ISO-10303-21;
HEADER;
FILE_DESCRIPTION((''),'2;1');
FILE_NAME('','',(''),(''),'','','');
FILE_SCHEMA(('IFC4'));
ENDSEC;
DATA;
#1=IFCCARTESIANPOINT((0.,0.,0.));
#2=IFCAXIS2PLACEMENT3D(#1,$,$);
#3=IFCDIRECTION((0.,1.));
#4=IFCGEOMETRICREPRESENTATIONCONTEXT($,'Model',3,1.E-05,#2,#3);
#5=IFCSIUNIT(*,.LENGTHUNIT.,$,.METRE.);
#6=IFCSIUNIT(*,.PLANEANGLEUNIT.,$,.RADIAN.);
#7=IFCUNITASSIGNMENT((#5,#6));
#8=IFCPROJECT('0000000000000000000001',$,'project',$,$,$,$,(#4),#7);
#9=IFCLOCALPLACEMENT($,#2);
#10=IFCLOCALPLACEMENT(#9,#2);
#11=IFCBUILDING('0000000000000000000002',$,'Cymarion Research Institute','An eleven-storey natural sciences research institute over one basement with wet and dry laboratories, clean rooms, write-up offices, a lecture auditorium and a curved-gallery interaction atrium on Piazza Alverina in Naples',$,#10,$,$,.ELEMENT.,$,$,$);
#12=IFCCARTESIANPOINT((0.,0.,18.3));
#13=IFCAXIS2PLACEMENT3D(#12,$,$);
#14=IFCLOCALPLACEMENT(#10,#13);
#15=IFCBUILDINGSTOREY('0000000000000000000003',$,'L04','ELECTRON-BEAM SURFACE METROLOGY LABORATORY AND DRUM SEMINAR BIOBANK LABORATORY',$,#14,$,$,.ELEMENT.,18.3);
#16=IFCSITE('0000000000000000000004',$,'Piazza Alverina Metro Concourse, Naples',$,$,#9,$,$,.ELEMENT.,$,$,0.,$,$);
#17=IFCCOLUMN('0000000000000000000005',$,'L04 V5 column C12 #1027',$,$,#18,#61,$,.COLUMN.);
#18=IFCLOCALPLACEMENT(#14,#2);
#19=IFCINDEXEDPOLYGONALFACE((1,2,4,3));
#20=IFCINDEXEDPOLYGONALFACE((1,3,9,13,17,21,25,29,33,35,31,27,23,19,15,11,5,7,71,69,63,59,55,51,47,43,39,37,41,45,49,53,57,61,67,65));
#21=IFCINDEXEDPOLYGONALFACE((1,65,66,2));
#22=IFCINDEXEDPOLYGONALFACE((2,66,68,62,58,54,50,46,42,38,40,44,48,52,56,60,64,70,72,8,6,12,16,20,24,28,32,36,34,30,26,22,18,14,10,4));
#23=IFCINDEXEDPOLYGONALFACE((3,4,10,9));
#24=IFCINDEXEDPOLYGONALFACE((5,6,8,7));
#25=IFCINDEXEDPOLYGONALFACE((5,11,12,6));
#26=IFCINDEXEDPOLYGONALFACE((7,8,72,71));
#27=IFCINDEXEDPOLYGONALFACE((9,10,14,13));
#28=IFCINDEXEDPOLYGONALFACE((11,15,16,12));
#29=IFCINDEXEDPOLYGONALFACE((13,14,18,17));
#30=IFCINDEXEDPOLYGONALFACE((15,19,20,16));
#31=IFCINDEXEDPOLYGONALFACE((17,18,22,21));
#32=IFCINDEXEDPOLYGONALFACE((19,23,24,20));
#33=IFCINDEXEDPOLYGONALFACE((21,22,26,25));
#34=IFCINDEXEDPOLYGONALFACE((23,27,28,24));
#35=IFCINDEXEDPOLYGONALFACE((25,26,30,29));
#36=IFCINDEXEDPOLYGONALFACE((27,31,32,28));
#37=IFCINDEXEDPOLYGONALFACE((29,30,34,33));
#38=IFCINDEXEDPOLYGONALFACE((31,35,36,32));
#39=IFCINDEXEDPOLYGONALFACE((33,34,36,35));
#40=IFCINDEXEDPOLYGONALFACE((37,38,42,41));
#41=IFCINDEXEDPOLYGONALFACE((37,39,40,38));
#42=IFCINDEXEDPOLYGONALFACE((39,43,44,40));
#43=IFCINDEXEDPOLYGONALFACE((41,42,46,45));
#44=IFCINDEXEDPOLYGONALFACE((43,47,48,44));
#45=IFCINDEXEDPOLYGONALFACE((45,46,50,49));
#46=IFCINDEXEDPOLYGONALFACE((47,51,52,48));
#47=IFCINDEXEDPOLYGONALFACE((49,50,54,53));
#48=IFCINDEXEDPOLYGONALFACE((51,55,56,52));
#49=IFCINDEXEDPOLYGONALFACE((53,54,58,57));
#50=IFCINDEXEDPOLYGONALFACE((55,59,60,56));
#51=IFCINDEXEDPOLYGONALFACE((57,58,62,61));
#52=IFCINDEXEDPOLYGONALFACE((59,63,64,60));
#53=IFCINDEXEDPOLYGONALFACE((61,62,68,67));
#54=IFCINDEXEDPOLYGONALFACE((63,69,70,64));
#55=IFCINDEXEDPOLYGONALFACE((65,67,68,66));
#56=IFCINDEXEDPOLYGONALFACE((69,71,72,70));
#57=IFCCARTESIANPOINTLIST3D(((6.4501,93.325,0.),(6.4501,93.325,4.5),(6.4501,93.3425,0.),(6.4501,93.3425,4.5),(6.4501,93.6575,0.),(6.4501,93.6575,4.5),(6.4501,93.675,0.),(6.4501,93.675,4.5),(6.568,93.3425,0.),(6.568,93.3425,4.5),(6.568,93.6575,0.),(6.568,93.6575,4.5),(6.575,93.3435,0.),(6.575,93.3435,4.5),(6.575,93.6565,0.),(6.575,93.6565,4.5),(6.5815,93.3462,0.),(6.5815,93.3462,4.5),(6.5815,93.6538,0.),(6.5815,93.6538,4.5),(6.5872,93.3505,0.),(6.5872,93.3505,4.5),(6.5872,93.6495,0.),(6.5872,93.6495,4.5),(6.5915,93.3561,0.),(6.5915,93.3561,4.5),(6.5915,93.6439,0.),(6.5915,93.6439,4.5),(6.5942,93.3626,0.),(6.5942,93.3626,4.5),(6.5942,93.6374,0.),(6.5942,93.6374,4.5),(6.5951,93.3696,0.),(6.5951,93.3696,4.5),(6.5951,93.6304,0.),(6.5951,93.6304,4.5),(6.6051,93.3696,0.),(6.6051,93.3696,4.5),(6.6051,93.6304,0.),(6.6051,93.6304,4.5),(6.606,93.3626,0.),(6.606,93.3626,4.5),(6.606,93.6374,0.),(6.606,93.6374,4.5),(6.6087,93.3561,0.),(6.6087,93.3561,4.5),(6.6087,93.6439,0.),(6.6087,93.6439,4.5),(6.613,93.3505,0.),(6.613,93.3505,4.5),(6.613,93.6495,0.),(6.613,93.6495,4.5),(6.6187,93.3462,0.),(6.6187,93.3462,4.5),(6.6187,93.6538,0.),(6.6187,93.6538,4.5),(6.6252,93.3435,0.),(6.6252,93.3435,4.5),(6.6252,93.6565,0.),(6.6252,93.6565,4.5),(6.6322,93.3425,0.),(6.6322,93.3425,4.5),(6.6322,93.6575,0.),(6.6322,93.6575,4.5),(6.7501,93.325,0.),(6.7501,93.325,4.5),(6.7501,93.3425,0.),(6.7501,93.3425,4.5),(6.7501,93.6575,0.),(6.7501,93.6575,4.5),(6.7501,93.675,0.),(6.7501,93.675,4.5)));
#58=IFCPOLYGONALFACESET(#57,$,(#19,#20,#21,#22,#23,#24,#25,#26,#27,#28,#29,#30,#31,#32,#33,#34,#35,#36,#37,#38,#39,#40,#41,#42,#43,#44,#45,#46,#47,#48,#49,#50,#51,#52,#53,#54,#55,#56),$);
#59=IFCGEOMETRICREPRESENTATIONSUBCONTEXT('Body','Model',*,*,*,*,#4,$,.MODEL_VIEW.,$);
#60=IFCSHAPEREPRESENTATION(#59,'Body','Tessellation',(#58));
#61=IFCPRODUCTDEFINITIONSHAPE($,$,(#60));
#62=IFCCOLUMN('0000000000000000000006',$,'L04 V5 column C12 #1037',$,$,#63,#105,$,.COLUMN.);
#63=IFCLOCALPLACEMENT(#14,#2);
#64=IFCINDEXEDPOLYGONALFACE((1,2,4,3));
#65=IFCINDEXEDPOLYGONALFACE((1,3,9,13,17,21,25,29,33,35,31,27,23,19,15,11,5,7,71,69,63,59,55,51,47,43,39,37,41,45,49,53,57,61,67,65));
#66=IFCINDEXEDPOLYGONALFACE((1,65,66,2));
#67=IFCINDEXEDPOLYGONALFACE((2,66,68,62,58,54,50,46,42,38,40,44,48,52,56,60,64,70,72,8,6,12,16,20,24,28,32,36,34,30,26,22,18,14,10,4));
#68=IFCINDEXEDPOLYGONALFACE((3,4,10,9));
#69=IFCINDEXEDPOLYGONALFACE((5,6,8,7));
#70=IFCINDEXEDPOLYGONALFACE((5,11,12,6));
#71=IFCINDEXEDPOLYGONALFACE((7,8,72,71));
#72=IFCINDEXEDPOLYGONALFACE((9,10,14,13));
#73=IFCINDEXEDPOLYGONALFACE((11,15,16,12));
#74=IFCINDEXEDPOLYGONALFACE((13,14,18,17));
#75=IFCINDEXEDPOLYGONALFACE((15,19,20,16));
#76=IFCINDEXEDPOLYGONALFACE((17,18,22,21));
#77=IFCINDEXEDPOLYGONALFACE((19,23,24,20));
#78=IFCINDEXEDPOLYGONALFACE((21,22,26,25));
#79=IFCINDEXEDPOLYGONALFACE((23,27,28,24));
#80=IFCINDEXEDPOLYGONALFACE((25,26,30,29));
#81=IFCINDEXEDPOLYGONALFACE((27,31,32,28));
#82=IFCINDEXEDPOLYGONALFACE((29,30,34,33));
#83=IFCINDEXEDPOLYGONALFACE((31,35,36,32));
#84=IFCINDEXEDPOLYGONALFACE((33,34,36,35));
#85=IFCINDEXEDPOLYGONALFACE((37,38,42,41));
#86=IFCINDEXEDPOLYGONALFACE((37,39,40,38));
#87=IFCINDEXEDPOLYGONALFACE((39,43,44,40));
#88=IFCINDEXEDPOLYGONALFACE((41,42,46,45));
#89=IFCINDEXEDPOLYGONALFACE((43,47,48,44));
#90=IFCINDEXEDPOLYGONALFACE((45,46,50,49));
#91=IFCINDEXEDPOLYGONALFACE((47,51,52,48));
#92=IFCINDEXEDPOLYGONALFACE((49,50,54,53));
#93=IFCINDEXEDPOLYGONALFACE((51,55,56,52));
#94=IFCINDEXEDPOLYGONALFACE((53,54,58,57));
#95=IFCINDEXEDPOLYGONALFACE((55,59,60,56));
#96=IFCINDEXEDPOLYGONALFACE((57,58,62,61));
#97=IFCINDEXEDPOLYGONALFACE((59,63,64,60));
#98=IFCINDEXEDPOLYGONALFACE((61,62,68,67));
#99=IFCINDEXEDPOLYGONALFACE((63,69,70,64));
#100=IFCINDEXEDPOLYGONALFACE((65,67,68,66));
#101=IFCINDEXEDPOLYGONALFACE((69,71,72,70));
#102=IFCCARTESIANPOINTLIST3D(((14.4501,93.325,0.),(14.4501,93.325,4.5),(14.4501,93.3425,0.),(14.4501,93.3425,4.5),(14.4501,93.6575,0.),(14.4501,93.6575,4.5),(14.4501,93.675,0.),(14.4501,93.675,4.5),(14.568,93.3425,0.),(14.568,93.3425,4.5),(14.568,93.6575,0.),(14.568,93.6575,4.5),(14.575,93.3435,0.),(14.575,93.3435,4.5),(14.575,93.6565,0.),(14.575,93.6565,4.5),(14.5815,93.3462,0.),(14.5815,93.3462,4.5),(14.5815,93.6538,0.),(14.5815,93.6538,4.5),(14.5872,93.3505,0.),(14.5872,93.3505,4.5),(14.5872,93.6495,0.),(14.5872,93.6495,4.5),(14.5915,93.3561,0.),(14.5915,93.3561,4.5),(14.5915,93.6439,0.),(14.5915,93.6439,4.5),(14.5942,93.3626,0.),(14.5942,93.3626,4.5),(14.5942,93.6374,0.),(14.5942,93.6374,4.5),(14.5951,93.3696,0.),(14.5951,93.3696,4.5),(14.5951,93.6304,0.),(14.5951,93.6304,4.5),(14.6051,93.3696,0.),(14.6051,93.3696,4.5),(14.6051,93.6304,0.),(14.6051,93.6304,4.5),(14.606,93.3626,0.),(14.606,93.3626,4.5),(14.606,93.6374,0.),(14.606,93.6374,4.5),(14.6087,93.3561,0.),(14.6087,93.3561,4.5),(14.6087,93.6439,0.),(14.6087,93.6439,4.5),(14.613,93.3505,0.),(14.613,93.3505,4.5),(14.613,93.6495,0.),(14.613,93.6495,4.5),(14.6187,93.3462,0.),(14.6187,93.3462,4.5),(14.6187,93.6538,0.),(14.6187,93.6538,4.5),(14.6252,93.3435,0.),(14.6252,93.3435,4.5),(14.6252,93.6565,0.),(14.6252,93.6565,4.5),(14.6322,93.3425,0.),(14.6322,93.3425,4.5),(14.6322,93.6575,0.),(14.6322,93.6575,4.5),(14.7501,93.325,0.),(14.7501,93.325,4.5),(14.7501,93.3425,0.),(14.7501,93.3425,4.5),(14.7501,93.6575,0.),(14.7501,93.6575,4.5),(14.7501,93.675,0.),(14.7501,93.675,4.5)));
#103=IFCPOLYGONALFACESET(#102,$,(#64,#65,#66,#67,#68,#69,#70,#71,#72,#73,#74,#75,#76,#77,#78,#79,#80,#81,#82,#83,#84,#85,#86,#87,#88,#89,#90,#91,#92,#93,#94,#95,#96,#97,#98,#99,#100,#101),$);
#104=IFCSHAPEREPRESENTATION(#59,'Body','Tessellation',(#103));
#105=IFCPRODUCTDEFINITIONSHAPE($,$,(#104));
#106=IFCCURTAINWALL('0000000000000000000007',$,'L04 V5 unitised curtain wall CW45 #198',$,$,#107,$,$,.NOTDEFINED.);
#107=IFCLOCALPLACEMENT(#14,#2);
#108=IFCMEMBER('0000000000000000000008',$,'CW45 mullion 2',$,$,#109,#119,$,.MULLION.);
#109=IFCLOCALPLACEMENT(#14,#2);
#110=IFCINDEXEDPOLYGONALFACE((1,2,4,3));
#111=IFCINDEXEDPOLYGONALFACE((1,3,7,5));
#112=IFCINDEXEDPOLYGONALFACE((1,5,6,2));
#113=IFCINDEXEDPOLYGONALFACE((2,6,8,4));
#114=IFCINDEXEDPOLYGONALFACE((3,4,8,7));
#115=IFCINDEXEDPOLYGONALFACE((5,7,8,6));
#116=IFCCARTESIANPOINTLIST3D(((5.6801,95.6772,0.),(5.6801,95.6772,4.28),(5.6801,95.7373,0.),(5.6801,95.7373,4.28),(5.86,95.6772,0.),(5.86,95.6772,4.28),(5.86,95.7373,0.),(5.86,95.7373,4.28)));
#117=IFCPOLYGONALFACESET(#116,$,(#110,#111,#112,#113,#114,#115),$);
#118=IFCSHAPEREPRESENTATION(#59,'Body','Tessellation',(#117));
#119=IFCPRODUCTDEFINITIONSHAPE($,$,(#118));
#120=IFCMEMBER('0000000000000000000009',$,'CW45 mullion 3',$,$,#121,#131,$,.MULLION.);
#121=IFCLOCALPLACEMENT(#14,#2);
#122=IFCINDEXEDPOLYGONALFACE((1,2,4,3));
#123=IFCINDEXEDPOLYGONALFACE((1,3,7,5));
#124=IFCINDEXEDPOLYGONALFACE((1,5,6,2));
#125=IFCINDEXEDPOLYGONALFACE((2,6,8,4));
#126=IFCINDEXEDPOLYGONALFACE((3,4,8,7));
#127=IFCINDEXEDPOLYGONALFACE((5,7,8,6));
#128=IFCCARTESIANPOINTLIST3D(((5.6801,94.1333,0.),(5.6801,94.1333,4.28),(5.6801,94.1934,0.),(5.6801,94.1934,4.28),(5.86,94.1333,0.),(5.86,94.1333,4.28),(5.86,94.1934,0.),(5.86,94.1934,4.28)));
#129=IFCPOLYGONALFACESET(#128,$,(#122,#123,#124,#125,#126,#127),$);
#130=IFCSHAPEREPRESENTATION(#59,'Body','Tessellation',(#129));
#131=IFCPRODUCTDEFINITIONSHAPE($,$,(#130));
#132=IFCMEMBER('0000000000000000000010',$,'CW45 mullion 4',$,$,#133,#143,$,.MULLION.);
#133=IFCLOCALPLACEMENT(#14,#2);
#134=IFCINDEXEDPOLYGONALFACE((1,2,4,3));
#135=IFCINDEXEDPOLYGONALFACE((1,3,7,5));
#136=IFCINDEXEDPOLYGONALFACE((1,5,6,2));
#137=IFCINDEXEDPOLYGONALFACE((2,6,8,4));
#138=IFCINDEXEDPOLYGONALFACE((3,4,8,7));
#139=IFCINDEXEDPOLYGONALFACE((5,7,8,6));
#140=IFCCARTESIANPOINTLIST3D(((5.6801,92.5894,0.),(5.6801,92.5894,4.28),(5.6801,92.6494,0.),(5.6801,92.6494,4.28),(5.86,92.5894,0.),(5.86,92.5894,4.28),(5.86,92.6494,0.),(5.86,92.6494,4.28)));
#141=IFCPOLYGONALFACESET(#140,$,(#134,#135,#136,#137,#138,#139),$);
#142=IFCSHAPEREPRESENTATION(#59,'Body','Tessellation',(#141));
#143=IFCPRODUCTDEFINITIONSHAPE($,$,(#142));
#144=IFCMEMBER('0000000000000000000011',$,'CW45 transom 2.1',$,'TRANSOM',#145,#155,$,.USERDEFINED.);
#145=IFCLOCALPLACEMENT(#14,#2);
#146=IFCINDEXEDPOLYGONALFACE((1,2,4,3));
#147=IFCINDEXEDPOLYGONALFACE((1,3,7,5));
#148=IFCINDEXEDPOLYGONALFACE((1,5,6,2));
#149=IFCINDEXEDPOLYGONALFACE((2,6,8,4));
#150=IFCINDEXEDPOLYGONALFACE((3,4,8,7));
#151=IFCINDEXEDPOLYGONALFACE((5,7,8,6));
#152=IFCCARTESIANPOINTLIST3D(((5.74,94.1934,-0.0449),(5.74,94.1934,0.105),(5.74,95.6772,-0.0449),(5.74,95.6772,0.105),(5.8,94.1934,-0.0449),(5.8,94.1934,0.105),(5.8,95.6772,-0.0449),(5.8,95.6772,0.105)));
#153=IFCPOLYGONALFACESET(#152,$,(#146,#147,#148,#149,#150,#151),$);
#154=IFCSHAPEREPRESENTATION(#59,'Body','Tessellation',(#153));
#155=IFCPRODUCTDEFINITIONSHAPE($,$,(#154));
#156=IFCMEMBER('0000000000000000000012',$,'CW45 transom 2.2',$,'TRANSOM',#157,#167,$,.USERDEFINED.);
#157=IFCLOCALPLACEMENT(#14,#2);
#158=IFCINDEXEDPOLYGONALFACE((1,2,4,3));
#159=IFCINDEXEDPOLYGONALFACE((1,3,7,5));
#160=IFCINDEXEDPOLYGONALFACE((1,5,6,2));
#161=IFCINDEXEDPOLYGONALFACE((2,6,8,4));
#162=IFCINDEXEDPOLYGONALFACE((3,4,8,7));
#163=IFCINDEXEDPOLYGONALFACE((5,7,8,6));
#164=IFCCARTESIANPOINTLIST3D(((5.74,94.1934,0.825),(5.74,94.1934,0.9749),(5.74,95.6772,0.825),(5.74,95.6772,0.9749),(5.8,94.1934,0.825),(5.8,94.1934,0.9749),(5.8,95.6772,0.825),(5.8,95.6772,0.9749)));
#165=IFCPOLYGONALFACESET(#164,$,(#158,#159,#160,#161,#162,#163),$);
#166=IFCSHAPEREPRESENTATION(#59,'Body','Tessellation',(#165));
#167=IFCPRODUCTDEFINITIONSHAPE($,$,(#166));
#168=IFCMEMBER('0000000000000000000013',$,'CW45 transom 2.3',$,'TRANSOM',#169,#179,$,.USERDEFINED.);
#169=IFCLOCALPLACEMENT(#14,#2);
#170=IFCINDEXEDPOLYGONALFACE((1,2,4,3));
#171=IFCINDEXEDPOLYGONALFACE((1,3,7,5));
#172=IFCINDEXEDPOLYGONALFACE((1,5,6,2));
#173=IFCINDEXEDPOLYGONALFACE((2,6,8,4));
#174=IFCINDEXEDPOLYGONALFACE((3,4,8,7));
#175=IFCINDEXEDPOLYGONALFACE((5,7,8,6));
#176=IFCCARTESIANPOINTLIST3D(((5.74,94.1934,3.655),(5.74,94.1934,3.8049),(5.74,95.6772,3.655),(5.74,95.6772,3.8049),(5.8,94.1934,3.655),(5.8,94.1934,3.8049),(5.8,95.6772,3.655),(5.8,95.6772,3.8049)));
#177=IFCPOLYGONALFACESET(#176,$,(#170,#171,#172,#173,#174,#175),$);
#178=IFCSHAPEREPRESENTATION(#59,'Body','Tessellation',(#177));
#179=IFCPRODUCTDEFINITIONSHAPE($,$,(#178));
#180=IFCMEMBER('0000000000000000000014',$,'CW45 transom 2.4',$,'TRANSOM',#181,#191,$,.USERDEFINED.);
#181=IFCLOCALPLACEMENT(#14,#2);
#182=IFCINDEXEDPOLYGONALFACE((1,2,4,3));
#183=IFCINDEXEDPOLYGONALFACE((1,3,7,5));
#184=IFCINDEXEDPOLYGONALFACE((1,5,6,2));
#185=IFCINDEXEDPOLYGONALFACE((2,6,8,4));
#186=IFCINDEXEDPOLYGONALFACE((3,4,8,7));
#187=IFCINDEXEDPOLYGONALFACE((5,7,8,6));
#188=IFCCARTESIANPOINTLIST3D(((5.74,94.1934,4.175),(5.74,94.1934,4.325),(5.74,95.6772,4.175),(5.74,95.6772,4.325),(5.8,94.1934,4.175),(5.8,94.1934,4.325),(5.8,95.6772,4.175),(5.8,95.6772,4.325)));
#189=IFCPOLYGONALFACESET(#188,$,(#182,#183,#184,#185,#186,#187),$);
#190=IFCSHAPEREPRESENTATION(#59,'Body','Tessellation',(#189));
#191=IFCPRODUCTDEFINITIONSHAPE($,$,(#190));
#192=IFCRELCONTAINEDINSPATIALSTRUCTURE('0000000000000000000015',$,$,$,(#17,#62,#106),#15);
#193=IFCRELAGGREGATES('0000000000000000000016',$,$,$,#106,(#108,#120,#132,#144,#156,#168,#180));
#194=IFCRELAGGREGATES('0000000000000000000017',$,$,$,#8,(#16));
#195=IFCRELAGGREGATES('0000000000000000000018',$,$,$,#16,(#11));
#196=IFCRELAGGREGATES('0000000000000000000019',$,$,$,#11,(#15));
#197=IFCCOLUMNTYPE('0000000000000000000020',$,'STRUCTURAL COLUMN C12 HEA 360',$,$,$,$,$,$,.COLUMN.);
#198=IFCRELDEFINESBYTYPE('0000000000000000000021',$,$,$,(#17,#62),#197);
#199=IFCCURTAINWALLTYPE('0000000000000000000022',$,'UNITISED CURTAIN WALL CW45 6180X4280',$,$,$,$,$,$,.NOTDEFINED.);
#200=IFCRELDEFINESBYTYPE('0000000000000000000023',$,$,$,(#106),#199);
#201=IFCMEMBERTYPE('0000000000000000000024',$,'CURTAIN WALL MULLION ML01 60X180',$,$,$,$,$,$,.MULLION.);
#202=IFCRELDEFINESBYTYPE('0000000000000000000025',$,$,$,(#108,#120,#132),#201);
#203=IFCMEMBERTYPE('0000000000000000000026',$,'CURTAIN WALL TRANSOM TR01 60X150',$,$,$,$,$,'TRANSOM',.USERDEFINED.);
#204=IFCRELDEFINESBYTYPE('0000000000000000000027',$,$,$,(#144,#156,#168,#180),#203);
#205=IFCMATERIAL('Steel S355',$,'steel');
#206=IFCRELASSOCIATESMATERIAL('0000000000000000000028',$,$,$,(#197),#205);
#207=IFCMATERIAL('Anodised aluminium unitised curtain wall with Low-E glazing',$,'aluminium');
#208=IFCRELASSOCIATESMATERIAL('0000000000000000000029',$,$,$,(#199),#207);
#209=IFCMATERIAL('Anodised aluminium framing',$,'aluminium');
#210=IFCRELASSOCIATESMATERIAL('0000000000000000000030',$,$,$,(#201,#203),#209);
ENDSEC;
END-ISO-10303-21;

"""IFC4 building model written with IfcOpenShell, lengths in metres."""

from ifc_helpers import new_model, si_unit, direction, frame, origin, origin_2d, place, context, subcontext, project, spatial, rectangle, i_section, extrude, material, material_profile, profile_set, type_object, element, aggregate, save


model = new_model("IFC4")

# Units and contexts
model_context = context("Model", 3, precision=1e-05, world=origin(), true_north=direction((0.0, 1.0)))
body_context = subcontext(model_context, "Body", "Model", "MODEL_VIEW")
ifc_project = project(units=[si_unit("LENGTHUNIT", "METRE"), si_unit("PLANEANGLEUNIT", "RADIAN")], contexts=[model_context])

# Site, building, storey
site_placement = place(None, origin())
site = spatial("IfcSite", under=ifc_project, at=site_placement, Name="Piazza Alverina Metro Concourse, Naples", CompositionType="ELEMENT", RefElevation=0.0)
building_placement = place(site_placement, origin())
building = spatial("IfcBuilding", under=site, at=building_placement, Name="Cymarion Research Institute", Description="An eleven-storey natural sciences research institute over one basement with wet and dry laboratories, clean rooms, write-up offices, a lecture auditorium and a curved-gallery interaction atrium on Piazza Alverina in Naples", CompositionType="ELEMENT")
storey_placement = place(building_placement, frame((0.0, 0.0, 18.3)))
storey = spatial("IfcBuildingStorey", under=building, at=storey_placement, Name="L04", Description="ELECTRON-BEAM SURFACE METROLOGY LABORATORY AND DRUM SEMINAR BIOBANK LABORATORY", CompositionType="ELEMENT", Elevation=18.3)

# Columns
ifc_material_1 = material(Name="Steel S355", Category="steel")
ifc_material_profile_1 = material_profile(ifc_material_1, i_section(OverallWidth=0.3, OverallDepth=0.3501, WebThickness=0.01, FlangeThickness=0.0176, FilletRadius=0.0271, at=origin_2d()), Name="HEA 360")
ifc_profile_set_1 = profile_set([ifc_material_profile_1], Name="Steel S355")
column_type = type_object("IfcColumnType", Name="STRUCTURAL COLUMN C12 HEA 360", PredefinedType="COLUMN", material=ifc_profile_set_1)
for number, where, z_axis, x_axis, name in (
    (1, (6.6001, 93.5, 0.0), (0.0, 0.0, 1.0), (1.0, 0.0, 0.0), "L04 V5 column C12 #1027"),
    (2, (14.6001, 93.5, 0.0), (0.0, 0.0, 1.0), (1.0, 0.0, 0.0), "L04 V5 column C12 #1037"),
):
    element("IfcColumn", number, at=place(storey_placement, frame(where, z_axis=z_axis, x_axis=x_axis)), inside=storey, type_object=column_type, Name=name, PredefinedType="COLUMN", context=body_context, shape_type="SweptSolid", body=[
        extrude(i_section(OverallWidth=0.3, OverallDepth=0.3501, WebThickness=0.01, FlangeThickness=0.0176, FilletRadius=0.0271, at=origin_2d()), origin(), (0.0, 0.0, 1.0), 4.5),
    ])

# Curtain wall, members
ifc_material_2 = material(Name="Anodised aluminium unitised curtain wall with Low-E glazing", Category="aluminium")
curtain_wall_type = type_object("IfcCurtainWallType", Name="UNITISED CURTAIN WALL CW45 6180X4280", PredefinedType="NOTDEFINED", material=ifc_material_2)
curtain_wall_placement = place(storey_placement, origin())
curtain_wall = element("IfcCurtainWall", 3, at=curtain_wall_placement, inside=storey, type_object=curtain_wall_type, Name="L04 V5 unitised curtain wall CW45 #198", PredefinedType="NOTDEFINED")
ifc_material_3 = material(Name="Anodised aluminium framing", Category="aluminium")
ifc_material_profile_2 = material_profile(ifc_material_3, rectangle(XDim=0.0601, YDim=0.1799, at=origin_2d()), Name="ALU MULLION 60x180")
ifc_profile_set_2 = profile_set([ifc_material_profile_2], Name="Anodised aluminium framing")
member_type_1 = type_object("IfcMemberType", Name="CURTAIN WALL MULLION ML01 60X180", PredefinedType="MULLION", material=ifc_profile_set_2)
member_1_placement = place(storey_placement, frame((5.77, 95.7073, 0.0), z_axis=(0.0, 0.0, 1.0), x_axis=(0.0, -1.0, 0.0)))
member_1 = element("IfcMember", 4, at=member_1_placement, type_object=member_type_1, Name="CW45 mullion 2", PredefinedType="MULLION", context=body_context, shape_type="SweptSolid", body=[
    extrude(rectangle(XDim=0.0601, YDim=0.1799, at=origin_2d()), origin(), (0.0, 0.0, 1.0), 4.28),
])
member_2_placement = place(storey_placement, frame((5.77, 94.1633, 0.0), z_axis=(0.0, 0.0, 1.0), x_axis=(0.0, -1.0, 0.0)))
member_2 = element("IfcMember", 5, at=member_2_placement, type_object=member_type_1, Name="CW45 mullion 3", PredefinedType="MULLION", context=body_context, shape_type="SweptSolid", body=[
    extrude(rectangle(XDim=0.0601, YDim=0.1799, at=origin_2d()), origin(), (0.0, 0.0, 1.0), 4.28),
])
member_3_placement = place(storey_placement, frame((5.77, 92.6194, 0.0), z_axis=(0.0, 0.0, 1.0), x_axis=(0.0, -1.0, 0.0)))
member_3 = element("IfcMember", 6, at=member_3_placement, type_object=member_type_1, Name="CW45 mullion 4", PredefinedType="MULLION", context=body_context, shape_type="SweptSolid", body=[
    extrude(rectangle(XDim=0.0601, YDim=0.1799, at=origin_2d()), origin(), (0.0, 0.0, 1.0), 4.28),
])
ifc_material_profile_3 = material_profile(ifc_material_3, rectangle(XDim=0.0601, YDim=0.1499, at=origin_2d()), Name="ALU TRANSOM 60x150")
ifc_profile_set_3 = profile_set([ifc_material_profile_3], Name="Anodised aluminium framing")
member_type_2 = type_object("IfcMemberType", Name="CURTAIN WALL TRANSOM TR01 60X150", ElementType="TRANSOM", PredefinedType="USERDEFINED", material=ifc_profile_set_3)
member_4_placement = place(storey_placement, frame((5.77, 95.6772, 0.03), z_axis=(0.0, -1.0, 0.0), x_axis=(1.0, 0.0, 0.0)))
member_4 = element("IfcMember", 7, at=member_4_placement, type_object=member_type_2, Name="CW45 transom 2.1", ObjectType="TRANSOM", PredefinedType="USERDEFINED", context=body_context, shape_type="SweptSolid", body=[
    extrude(rectangle(XDim=0.0601, YDim=0.1499, at=origin_2d()), origin(), (0.0, 0.0, 1.0), 1.4839),
])
member_5_placement = place(storey_placement, frame((5.77, 95.6772, 0.8999), z_axis=(0.0, -1.0, 0.0), x_axis=(1.0, 0.0, 0.0)))
member_5 = element("IfcMember", 8, at=member_5_placement, type_object=member_type_2, Name="CW45 transom 2.2", ObjectType="TRANSOM", PredefinedType="USERDEFINED", context=body_context, shape_type="SweptSolid", body=[
    extrude(rectangle(XDim=0.0601, YDim=0.1499, at=origin_2d()), origin(), (0.0, 0.0, 1.0), 1.4839),
])
member_6_placement = place(storey_placement, frame((5.77, 95.6772, 3.73), z_axis=(0.0, -1.0, 0.0), x_axis=(1.0, 0.0, 0.0)))
member_6 = element("IfcMember", 9, at=member_6_placement, type_object=member_type_2, Name="CW45 transom 2.3", ObjectType="TRANSOM", PredefinedType="USERDEFINED", context=body_context, shape_type="SweptSolid", body=[
    extrude(rectangle(XDim=0.0601, YDim=0.1499, at=origin_2d()), origin(), (0.0, 0.0, 1.0), 1.4839),
])
member_7_placement = place(storey_placement, frame((5.77, 95.6772, 4.25), z_axis=(0.0, -1.0, 0.0), x_axis=(1.0, 0.0, 0.0)))
member_7 = element("IfcMember", 10, at=member_7_placement, type_object=member_type_2, Name="CW45 transom 2.4", ObjectType="TRANSOM", PredefinedType="USERDEFINED", context=body_context, shape_type="SweptSolid", body=[
    extrude(rectangle(XDim=0.0601, YDim=0.1499, at=origin_2d()), origin(), (0.0, 0.0, 1.0), 1.4839),
])

aggregate(curtain_wall, [member_1, member_2, member_3, member_4, member_5, member_6, member_7])

save(model, "model.ifc")
